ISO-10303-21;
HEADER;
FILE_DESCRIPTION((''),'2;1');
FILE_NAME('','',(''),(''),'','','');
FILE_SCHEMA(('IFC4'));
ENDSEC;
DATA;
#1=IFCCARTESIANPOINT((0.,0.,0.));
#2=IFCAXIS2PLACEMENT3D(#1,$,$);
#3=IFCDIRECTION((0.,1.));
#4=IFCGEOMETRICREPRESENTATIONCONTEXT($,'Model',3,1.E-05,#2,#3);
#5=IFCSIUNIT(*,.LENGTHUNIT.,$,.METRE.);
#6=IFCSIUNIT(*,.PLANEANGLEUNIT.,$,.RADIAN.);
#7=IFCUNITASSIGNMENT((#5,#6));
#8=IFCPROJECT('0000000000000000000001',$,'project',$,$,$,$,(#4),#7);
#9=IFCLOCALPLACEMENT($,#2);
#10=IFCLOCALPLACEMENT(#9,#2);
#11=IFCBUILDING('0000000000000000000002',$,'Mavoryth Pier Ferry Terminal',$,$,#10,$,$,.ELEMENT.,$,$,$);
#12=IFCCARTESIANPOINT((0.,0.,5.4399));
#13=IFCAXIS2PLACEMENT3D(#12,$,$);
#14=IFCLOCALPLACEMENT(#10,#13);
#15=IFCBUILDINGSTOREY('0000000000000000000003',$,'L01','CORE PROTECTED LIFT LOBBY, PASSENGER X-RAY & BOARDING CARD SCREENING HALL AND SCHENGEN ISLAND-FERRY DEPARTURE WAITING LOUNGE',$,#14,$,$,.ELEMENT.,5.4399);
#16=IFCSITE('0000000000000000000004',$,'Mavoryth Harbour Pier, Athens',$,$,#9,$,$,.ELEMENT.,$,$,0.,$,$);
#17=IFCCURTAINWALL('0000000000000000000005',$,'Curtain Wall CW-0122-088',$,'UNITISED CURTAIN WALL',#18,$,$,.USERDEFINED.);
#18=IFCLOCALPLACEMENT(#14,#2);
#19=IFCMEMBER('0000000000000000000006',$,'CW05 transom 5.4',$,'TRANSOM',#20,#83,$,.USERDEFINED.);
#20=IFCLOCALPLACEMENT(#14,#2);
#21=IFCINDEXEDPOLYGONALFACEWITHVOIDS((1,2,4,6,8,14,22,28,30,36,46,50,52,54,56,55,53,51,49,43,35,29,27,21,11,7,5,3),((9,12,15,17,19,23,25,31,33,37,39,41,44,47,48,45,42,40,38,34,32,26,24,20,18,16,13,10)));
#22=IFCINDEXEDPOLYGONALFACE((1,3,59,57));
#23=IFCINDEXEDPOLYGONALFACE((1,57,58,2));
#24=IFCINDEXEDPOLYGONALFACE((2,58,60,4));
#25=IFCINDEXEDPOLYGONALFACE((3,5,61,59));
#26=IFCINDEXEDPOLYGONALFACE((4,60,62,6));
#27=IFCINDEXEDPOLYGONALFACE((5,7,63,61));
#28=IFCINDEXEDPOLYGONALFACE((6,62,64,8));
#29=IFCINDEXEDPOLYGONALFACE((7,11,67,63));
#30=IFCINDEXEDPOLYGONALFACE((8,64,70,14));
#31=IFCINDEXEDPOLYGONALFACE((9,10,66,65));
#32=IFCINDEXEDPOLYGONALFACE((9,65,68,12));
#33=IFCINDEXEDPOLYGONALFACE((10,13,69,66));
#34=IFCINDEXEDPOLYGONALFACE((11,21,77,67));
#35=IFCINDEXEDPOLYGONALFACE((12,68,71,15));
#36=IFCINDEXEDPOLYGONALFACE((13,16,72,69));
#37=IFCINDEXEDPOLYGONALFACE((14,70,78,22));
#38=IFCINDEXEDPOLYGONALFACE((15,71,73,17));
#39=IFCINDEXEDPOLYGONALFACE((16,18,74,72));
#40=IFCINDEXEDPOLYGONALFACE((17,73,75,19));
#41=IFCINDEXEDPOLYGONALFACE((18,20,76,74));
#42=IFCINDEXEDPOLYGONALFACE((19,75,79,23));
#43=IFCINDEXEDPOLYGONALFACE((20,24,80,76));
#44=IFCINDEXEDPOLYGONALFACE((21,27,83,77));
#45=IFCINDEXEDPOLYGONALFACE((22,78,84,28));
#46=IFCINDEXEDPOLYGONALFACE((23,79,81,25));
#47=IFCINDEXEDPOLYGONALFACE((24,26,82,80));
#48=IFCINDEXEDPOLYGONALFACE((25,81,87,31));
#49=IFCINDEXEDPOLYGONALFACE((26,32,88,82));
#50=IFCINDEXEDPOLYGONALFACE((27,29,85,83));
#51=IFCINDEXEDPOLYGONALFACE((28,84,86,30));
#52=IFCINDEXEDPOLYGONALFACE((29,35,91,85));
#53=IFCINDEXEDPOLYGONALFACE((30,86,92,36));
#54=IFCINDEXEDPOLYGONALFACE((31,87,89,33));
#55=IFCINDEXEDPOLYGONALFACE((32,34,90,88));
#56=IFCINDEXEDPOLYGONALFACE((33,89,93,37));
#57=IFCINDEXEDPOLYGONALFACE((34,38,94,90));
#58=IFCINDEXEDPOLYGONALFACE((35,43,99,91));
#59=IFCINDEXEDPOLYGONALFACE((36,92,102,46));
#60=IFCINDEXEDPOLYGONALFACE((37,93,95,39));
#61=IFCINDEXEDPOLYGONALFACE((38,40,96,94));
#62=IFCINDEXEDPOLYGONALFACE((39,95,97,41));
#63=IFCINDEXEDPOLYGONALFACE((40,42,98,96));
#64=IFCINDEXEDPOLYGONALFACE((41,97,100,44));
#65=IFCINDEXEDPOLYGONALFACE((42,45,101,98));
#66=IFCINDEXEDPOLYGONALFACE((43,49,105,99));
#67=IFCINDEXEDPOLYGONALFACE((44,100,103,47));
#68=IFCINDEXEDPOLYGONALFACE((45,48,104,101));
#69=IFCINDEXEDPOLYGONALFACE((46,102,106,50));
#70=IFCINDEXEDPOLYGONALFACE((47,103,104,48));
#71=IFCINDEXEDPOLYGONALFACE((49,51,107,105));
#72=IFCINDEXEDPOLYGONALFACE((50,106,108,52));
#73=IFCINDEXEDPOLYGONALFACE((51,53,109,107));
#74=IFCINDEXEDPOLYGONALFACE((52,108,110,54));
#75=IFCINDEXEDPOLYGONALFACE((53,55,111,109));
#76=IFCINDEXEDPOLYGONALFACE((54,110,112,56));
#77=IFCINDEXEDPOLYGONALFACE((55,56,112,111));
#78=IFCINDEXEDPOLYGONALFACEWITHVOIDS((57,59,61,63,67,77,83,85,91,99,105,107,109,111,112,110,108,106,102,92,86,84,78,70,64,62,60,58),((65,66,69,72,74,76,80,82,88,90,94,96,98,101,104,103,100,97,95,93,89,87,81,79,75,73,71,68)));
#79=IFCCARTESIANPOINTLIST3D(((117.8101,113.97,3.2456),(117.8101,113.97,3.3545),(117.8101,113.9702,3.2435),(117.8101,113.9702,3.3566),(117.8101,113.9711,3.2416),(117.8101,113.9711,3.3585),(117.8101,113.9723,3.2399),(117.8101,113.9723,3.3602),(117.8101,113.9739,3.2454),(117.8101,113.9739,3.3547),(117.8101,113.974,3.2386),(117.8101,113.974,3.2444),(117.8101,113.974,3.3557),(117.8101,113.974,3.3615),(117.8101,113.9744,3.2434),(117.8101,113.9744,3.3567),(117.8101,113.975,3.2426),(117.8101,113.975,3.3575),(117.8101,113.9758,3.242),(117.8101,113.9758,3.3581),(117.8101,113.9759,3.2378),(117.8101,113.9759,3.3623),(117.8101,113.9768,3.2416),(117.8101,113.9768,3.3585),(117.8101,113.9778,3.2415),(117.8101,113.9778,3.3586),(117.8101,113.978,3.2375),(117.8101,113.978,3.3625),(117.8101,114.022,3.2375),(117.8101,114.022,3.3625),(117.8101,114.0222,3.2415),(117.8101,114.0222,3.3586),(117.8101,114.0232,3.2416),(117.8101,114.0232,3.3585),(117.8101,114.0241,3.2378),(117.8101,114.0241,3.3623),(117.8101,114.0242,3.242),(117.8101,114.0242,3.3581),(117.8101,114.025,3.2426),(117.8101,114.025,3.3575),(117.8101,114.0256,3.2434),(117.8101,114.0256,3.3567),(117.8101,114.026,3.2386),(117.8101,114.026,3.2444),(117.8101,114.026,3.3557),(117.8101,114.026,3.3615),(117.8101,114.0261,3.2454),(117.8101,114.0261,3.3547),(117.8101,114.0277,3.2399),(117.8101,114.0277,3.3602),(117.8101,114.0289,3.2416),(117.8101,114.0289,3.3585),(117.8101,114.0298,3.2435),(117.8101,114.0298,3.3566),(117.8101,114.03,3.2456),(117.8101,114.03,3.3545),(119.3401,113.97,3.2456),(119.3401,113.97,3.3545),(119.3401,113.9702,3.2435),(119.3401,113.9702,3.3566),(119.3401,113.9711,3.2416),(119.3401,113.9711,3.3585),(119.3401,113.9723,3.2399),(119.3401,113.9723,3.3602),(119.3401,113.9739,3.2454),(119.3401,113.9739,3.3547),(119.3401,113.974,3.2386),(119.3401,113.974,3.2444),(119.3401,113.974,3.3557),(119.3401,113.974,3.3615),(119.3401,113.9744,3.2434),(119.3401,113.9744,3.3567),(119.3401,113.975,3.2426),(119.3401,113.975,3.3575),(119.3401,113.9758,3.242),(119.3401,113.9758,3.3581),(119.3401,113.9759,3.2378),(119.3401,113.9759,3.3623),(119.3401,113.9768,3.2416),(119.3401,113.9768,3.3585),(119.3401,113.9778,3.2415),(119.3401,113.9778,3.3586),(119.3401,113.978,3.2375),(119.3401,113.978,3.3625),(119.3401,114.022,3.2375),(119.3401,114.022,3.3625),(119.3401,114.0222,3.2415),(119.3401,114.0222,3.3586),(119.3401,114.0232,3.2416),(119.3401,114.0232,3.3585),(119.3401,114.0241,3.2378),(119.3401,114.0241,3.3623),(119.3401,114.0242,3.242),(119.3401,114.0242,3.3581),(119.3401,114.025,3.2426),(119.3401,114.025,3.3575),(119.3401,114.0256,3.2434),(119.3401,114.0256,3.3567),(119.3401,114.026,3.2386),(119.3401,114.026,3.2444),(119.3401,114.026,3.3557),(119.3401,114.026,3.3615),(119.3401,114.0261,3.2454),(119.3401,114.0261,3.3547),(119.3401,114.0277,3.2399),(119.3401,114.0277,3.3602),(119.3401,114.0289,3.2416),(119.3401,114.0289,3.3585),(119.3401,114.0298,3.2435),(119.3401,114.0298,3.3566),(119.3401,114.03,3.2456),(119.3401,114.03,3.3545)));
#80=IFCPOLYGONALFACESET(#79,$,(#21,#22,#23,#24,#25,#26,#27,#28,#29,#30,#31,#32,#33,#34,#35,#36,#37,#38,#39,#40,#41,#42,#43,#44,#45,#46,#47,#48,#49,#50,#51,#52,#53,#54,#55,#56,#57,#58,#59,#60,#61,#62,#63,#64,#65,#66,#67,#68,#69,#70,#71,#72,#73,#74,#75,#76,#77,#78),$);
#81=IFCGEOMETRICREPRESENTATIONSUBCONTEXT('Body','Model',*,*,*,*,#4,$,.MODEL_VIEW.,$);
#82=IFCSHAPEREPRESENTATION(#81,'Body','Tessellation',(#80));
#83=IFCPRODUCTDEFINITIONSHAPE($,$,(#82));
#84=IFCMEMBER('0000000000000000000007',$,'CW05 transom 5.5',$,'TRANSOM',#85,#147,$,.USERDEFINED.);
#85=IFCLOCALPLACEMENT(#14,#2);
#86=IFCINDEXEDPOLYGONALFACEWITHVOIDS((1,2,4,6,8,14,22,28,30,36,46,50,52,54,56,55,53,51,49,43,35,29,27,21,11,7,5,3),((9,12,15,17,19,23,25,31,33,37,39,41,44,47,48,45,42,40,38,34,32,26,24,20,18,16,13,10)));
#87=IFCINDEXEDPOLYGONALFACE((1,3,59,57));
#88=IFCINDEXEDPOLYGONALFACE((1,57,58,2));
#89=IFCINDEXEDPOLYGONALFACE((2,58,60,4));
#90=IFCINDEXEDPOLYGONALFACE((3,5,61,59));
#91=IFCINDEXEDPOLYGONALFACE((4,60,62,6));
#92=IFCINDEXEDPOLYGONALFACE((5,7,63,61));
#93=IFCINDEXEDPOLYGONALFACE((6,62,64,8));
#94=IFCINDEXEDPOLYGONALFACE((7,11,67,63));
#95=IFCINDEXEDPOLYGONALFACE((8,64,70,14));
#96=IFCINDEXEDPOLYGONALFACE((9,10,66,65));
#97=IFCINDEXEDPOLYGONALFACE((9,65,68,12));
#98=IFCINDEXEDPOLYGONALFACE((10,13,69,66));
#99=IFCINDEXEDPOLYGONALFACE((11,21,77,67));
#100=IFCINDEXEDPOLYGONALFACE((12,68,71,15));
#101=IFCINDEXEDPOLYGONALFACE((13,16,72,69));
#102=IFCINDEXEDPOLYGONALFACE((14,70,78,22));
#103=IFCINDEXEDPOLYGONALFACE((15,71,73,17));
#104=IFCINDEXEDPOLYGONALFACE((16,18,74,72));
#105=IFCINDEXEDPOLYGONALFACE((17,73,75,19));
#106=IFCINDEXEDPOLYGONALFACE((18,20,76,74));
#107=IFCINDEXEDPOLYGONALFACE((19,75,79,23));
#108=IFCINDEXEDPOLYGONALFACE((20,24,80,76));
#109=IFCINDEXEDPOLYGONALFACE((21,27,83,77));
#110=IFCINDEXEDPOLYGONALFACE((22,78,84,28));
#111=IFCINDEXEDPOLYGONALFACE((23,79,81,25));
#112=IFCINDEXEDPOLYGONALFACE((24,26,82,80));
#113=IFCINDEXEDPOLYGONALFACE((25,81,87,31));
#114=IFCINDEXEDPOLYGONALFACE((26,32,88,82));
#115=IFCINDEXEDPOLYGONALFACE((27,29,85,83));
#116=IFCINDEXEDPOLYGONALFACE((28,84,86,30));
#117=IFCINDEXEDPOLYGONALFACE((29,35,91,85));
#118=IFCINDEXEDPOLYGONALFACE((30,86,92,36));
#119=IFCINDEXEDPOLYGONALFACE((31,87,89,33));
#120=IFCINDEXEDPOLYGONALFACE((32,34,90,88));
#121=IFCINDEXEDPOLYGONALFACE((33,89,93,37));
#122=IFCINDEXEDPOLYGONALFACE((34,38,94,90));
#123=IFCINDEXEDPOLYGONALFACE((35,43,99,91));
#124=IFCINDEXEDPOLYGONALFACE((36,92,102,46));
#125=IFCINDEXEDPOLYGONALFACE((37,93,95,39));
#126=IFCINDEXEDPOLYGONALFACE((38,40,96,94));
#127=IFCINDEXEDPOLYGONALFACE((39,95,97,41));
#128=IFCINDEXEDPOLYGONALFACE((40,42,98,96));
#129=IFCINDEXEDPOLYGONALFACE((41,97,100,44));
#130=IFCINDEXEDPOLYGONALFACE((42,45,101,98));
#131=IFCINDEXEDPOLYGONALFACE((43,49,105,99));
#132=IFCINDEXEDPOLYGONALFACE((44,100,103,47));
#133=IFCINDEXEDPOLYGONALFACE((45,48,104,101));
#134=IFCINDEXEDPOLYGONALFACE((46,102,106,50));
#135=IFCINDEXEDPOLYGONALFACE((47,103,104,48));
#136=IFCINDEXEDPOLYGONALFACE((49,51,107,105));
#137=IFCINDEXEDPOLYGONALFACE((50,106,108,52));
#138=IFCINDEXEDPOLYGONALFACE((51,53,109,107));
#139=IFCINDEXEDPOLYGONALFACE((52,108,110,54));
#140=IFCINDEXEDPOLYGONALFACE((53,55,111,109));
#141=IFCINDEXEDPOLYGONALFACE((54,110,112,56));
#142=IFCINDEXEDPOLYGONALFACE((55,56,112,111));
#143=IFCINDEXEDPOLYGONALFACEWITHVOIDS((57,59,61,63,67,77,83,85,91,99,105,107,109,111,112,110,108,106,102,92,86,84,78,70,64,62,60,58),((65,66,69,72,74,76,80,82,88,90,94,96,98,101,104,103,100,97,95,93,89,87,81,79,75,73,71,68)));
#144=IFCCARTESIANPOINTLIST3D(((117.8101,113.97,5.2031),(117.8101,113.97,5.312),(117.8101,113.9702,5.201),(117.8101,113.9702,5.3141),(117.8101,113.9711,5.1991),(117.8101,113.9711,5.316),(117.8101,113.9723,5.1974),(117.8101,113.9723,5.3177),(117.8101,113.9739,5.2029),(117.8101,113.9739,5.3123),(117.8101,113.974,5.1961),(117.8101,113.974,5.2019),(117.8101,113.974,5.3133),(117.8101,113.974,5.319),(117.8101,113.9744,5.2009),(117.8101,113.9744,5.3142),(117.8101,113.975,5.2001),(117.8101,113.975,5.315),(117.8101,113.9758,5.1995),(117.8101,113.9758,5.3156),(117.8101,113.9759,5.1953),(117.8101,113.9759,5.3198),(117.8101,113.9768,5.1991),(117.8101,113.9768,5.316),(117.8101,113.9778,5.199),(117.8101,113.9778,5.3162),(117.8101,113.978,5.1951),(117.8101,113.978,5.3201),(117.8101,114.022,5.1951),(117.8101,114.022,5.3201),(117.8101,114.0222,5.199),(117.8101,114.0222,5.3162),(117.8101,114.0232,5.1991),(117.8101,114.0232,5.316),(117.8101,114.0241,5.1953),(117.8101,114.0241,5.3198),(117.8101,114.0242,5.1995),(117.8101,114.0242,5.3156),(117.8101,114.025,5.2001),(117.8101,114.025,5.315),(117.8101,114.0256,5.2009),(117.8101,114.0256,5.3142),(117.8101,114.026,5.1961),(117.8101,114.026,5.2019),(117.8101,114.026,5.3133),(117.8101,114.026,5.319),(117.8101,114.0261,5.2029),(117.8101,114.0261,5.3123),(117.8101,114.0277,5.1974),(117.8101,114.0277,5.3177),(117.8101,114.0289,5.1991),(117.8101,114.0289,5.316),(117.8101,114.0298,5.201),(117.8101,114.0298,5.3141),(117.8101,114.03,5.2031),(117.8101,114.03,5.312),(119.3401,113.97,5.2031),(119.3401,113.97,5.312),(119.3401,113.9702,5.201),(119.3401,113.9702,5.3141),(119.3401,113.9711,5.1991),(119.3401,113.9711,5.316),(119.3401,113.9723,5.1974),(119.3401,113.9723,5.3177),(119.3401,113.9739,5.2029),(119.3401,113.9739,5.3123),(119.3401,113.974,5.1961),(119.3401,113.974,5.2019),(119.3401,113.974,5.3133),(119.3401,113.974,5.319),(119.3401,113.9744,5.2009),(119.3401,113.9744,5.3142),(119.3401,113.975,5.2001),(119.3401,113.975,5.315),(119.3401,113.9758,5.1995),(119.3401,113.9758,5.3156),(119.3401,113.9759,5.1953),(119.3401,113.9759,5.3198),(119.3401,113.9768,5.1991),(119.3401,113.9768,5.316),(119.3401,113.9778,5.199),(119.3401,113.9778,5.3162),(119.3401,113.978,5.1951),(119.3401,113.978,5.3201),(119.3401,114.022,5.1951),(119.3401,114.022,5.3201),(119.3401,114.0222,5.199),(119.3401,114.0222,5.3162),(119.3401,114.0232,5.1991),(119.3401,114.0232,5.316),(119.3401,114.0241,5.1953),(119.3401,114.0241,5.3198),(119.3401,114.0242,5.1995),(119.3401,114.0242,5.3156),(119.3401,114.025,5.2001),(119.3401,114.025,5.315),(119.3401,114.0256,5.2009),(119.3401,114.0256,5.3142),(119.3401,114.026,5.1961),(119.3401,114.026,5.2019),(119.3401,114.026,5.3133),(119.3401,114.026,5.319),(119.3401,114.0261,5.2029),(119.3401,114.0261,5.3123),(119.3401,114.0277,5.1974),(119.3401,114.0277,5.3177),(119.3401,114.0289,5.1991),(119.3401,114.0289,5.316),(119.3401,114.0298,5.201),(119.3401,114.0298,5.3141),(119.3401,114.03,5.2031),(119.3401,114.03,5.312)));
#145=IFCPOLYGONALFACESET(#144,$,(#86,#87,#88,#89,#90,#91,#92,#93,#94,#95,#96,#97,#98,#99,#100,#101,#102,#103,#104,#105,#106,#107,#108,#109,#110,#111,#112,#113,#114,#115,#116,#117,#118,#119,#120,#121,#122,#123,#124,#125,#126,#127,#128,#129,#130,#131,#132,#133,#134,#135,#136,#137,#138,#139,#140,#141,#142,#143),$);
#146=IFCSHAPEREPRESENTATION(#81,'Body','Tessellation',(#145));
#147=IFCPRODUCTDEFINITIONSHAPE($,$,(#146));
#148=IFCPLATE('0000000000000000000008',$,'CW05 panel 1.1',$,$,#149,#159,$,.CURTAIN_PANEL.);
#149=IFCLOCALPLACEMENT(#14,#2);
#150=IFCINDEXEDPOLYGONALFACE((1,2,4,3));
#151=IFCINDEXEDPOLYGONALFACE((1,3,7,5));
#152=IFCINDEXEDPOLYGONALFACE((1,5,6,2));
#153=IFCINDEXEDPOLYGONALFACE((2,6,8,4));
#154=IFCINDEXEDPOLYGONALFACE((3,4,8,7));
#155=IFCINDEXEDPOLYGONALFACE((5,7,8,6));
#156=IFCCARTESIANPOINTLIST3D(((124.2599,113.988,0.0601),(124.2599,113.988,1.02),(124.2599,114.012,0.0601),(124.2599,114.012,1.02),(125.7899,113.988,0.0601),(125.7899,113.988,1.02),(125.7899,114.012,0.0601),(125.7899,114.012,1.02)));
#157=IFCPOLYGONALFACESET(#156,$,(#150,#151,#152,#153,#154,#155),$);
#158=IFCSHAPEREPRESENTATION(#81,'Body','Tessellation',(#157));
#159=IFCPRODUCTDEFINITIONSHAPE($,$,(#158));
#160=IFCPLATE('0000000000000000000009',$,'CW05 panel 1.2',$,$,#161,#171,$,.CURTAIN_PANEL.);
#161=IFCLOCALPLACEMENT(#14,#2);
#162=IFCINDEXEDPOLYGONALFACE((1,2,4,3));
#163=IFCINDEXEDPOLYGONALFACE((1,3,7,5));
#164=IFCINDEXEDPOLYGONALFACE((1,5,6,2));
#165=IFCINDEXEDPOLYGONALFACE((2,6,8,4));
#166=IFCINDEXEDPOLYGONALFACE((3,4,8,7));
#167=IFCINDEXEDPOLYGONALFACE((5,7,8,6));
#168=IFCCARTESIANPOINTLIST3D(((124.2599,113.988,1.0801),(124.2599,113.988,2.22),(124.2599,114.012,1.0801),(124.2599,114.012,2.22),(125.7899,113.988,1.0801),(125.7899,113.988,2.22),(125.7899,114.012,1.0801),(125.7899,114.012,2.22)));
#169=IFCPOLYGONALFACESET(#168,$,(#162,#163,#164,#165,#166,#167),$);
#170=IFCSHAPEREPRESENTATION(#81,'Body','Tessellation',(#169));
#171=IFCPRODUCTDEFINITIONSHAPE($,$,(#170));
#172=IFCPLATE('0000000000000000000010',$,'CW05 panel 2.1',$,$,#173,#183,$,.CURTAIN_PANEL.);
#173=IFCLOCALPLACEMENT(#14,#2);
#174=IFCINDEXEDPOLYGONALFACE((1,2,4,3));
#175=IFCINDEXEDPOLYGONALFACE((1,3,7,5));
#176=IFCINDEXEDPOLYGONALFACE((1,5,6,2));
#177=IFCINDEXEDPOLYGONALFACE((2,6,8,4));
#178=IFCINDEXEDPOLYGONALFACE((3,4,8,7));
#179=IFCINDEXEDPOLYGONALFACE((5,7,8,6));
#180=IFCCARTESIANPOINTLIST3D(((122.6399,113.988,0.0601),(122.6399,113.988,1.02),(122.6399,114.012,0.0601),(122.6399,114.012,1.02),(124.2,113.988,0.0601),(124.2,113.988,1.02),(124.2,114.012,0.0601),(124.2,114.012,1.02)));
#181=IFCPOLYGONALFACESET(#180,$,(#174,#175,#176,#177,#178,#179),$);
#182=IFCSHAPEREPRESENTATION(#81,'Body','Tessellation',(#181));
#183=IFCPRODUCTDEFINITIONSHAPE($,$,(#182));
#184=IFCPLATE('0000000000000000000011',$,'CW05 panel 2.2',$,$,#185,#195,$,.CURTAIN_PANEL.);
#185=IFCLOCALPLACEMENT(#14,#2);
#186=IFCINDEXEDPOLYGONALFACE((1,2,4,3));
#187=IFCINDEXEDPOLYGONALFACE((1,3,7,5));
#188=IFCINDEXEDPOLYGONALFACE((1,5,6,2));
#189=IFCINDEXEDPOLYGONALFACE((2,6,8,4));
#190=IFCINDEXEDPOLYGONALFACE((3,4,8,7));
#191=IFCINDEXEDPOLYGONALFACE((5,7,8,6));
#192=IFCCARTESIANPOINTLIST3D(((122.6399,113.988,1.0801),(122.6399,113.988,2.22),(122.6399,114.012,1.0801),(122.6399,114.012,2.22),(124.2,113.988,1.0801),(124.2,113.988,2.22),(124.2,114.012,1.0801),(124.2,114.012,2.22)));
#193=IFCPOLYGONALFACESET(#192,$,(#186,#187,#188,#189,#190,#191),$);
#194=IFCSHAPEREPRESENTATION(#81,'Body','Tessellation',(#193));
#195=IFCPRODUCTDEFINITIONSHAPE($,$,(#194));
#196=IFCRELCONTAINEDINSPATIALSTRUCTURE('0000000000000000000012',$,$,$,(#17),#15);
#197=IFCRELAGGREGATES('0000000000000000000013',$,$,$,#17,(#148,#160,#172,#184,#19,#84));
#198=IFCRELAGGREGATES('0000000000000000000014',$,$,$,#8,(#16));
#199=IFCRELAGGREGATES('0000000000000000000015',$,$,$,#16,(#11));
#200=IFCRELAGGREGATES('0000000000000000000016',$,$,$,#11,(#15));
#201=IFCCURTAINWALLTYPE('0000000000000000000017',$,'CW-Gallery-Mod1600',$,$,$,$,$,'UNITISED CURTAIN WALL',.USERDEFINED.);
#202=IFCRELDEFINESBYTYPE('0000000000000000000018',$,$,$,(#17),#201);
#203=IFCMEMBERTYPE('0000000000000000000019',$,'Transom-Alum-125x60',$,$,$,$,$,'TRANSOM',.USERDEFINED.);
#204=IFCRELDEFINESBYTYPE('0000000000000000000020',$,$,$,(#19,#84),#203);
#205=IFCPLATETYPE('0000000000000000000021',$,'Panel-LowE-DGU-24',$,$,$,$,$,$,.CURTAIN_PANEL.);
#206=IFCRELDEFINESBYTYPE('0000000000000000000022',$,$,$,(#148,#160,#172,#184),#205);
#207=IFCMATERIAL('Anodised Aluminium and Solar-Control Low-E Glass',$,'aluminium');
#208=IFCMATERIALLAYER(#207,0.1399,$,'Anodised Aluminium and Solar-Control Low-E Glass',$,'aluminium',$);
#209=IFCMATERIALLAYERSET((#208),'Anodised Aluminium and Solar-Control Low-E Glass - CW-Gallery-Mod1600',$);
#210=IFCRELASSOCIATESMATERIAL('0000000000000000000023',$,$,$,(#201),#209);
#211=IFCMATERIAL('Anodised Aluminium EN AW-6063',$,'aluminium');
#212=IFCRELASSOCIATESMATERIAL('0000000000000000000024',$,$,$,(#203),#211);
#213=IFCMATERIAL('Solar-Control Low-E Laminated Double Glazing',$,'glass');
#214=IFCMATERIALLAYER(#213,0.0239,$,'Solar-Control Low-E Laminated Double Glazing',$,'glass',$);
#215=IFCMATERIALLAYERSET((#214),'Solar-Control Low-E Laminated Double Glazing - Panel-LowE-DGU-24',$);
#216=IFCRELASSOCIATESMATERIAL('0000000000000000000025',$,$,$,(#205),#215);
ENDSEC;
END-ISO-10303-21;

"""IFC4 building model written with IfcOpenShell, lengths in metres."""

from ifc_helpers import new_model, si_unit, direction, frame, origin, origin_2d, place, context, subcontext, project, spatial, rectangle, hollow_rectangle, extrude, material, layer, layer_set, material_profile, profile_set, type_object, element, aggregate, save


model = new_model("IFC4")

# Units and contexts
model_context = context("Model", 3, precision=1e-05, world=origin(), true_north=direction((0.0, 1.0)))
body_context = subcontext(model_context, "Body", "Model", "MODEL_VIEW")
ifc_project = project(units=[si_unit("LENGTHUNIT", "METRE"), si_unit("PLANEANGLEUNIT", "RADIAN")], contexts=[model_context])

# Site, building, storey
site_placement = place(None, origin())
site = spatial("IfcSite", under=ifc_project, at=site_placement, Name="Mavoryth Harbour Pier, Athens", CompositionType="ELEMENT", RefElevation=0.0)
building_placement = place(site_placement, origin())
building = spatial("IfcBuilding", under=site, at=building_placement, Name="Mavoryth Pier Ferry Terminal", CompositionType="ELEMENT")
storey_placement = place(building_placement, frame((0.0, 0.0, 5.4399)))
storey = spatial("IfcBuildingStorey", under=building, at=storey_placement, Name="L01", Description="CORE PROTECTED LIFT LOBBY, PASSENGER X-RAY & BOARDING CARD SCREENING HALL AND SCHENGEN ISLAND-FERRY DEPARTURE WAITING LOUNGE", CompositionType="ELEMENT", Elevation=5.4399)

# Curtain wall, members, plates
ifc_material_1 = material(Name="Anodised Aluminium and Solar-Control Low-E Glass", Category="aluminium")
ifc_layer_1 = layer(ifc_material_1, 0.1399, Name="Anodised Aluminium and Solar-Control Low-E Glass", Category="aluminium")
ifc_layer_set_1 = layer_set([ifc_layer_1], Name="Anodised Aluminium and Solar-Control Low-E Glass - CW-Gallery-Mod1600")
curtain_wall_type = type_object("IfcCurtainWallType", Name="CW-Gallery-Mod1600", ElementType="UNITISED CURTAIN WALL", PredefinedType="USERDEFINED", material=ifc_layer_set_1)
curtain_wall_placement = place(storey_placement, origin())
curtain_wall = element("IfcCurtainWall", 1, at=curtain_wall_placement, inside=storey, type_object=curtain_wall_type, Name="Curtain Wall CW-0122-088", ObjectType="UNITISED CURTAIN WALL", PredefinedType="USERDEFINED")
ifc_material_2 = material(Name="Anodised Aluminium EN AW-6063", Category="aluminium")
ifc_material_profile_1 = material_profile(ifc_material_2, hollow_rectangle(XDim=0.0601, YDim=0.125, WallThickness=0.0039, InnerFilletRadius=0.0039, OuterFilletRadius=0.0081, at=origin_2d()), Name="AL-TRAN 125x60x4", Category="aluminium")
ifc_profile_set_1 = profile_set([ifc_material_profile_1], Name="Anodised Aluminium EN AW-6063 - AL-TRAN 125x60x4")
member_type_1 = type_object("IfcMemberType", Name="Transom-Alum-125x60", ElementType="TRANSOM", PredefinedType="USERDEFINED", material=ifc_profile_set_1)
member_1_placement = place(storey_placement, frame((119.3401, 114.0, 3.3), z_axis=(-1.0, 0.0, 0.0), x_axis=(0.0, -1.0, 0.0)))
member_1 = element("IfcMember", 2, at=member_1_placement, type_object=member_type_1, Name="CW05 transom 5.4", ObjectType="TRANSOM", PredefinedType="USERDEFINED", context=body_context, shape_type="SweptSolid", body=[
    extrude(hollow_rectangle(XDim=0.0601, YDim=0.125, WallThickness=0.0039, InnerFilletRadius=0.0039, OuterFilletRadius=0.0081, at=origin_2d()), origin(), (0.0, 0.0, 1.0), 1.53),
])
member_2_placement = place(storey_placement, frame((119.3401, 114.0, 5.2576), z_axis=(-1.0, 0.0, 0.0), x_axis=(0.0, -1.0, 0.0)))
member_2 = element("IfcMember", 3, at=member_2_placement, type_object=member_type_1, Name="CW05 transom 5.5", ObjectType="TRANSOM", PredefinedType="USERDEFINED", context=body_context, shape_type="SweptSolid", body=[
    extrude(hollow_rectangle(XDim=0.0601, YDim=0.125, WallThickness=0.0039, InnerFilletRadius=0.0039, OuterFilletRadius=0.0081, at=origin_2d()), origin(), (0.0, 0.0, 1.0), 1.53),
])
ifc_material_3 = material(Name="Solar-Control Low-E Laminated Double Glazing", Category="glass")
ifc_layer_2 = layer(ifc_material_3, 0.0239, Name="Solar-Control Low-E Laminated Double Glazing", Category="glass")
ifc_layer_set_2 = layer_set([ifc_layer_2], Name="Solar-Control Low-E Laminated Double Glazing - Panel-LowE-DGU-24")
plate_type = type_object("IfcPlateType", Name="Panel-LowE-DGU-24", PredefinedType="CURTAIN_PANEL", material=ifc_layer_set_2)
plate_1_placement = place(storey_placement, frame((125.0249, 114.0, 0.0601), z_axis=(0.0, 0.0, 1.0), x_axis=(-1.0, 0.0, 0.0)))
plate_1 = element("IfcPlate", 4, at=plate_1_placement, type_object=plate_type, Name="CW05 panel 1.1", PredefinedType="CURTAIN_PANEL", context=body_context, shape_type="SweptSolid", body=[
    extrude(rectangle(XDim=1.53, YDim=0.0239, at=origin_2d()), origin(), (0.0, 0.0, 1.0), 0.96),
])
plate_2_placement = place(storey_placement, frame((125.0249, 114.0, 1.0801), z_axis=(0.0, 0.0, 1.0), x_axis=(-1.0, 0.0, 0.0)))
plate_2 = element("IfcPlate", 5, at=plate_2_placement, type_object=plate_type, Name="CW05 panel 1.2", PredefinedType="CURTAIN_PANEL", context=body_context, shape_type="SweptSolid", body=[
    extrude(rectangle(XDim=1.53, YDim=0.0239, at=origin_2d()), origin(), (0.0, 0.0, 1.0), 1.1399),
])
plate_3_placement = place(storey_placement, frame((123.4199, 114.0, 0.0601), z_axis=(0.0, 0.0, 1.0), x_axis=(-1.0, 0.0, 0.0)))
plate_3 = element("IfcPlate", 6, at=plate_3_placement, type_object=plate_type, Name="CW05 panel 2.1", PredefinedType="CURTAIN_PANEL", context=body_context, shape_type="SweptSolid", body=[
    extrude(rectangle(XDim=1.5601, YDim=0.0239, at=origin_2d()), origin(), (0.0, 0.0, 1.0), 0.96),
])
plate_4_placement = place(storey_placement, frame((123.4199, 114.0, 1.0801), z_axis=(0.0, 0.0, 1.0), x_axis=(-1.0, 0.0, 0.0)))
plate_4 = element("IfcPlate", 7, at=plate_4_placement, type_object=plate_type, Name="CW05 panel 2.2", PredefinedType="CURTAIN_PANEL", context=body_context, shape_type="SweptSolid", body=[
    extrude(rectangle(XDim=1.5601, YDim=0.0239, at=origin_2d()), origin(), (0.0, 0.0, 1.0), 1.1399),
])
aggregate(curtain_wall, [plate_1, plate_2, plate_3, plate_4, member_1, member_2])

save(model, "model.ifc")
